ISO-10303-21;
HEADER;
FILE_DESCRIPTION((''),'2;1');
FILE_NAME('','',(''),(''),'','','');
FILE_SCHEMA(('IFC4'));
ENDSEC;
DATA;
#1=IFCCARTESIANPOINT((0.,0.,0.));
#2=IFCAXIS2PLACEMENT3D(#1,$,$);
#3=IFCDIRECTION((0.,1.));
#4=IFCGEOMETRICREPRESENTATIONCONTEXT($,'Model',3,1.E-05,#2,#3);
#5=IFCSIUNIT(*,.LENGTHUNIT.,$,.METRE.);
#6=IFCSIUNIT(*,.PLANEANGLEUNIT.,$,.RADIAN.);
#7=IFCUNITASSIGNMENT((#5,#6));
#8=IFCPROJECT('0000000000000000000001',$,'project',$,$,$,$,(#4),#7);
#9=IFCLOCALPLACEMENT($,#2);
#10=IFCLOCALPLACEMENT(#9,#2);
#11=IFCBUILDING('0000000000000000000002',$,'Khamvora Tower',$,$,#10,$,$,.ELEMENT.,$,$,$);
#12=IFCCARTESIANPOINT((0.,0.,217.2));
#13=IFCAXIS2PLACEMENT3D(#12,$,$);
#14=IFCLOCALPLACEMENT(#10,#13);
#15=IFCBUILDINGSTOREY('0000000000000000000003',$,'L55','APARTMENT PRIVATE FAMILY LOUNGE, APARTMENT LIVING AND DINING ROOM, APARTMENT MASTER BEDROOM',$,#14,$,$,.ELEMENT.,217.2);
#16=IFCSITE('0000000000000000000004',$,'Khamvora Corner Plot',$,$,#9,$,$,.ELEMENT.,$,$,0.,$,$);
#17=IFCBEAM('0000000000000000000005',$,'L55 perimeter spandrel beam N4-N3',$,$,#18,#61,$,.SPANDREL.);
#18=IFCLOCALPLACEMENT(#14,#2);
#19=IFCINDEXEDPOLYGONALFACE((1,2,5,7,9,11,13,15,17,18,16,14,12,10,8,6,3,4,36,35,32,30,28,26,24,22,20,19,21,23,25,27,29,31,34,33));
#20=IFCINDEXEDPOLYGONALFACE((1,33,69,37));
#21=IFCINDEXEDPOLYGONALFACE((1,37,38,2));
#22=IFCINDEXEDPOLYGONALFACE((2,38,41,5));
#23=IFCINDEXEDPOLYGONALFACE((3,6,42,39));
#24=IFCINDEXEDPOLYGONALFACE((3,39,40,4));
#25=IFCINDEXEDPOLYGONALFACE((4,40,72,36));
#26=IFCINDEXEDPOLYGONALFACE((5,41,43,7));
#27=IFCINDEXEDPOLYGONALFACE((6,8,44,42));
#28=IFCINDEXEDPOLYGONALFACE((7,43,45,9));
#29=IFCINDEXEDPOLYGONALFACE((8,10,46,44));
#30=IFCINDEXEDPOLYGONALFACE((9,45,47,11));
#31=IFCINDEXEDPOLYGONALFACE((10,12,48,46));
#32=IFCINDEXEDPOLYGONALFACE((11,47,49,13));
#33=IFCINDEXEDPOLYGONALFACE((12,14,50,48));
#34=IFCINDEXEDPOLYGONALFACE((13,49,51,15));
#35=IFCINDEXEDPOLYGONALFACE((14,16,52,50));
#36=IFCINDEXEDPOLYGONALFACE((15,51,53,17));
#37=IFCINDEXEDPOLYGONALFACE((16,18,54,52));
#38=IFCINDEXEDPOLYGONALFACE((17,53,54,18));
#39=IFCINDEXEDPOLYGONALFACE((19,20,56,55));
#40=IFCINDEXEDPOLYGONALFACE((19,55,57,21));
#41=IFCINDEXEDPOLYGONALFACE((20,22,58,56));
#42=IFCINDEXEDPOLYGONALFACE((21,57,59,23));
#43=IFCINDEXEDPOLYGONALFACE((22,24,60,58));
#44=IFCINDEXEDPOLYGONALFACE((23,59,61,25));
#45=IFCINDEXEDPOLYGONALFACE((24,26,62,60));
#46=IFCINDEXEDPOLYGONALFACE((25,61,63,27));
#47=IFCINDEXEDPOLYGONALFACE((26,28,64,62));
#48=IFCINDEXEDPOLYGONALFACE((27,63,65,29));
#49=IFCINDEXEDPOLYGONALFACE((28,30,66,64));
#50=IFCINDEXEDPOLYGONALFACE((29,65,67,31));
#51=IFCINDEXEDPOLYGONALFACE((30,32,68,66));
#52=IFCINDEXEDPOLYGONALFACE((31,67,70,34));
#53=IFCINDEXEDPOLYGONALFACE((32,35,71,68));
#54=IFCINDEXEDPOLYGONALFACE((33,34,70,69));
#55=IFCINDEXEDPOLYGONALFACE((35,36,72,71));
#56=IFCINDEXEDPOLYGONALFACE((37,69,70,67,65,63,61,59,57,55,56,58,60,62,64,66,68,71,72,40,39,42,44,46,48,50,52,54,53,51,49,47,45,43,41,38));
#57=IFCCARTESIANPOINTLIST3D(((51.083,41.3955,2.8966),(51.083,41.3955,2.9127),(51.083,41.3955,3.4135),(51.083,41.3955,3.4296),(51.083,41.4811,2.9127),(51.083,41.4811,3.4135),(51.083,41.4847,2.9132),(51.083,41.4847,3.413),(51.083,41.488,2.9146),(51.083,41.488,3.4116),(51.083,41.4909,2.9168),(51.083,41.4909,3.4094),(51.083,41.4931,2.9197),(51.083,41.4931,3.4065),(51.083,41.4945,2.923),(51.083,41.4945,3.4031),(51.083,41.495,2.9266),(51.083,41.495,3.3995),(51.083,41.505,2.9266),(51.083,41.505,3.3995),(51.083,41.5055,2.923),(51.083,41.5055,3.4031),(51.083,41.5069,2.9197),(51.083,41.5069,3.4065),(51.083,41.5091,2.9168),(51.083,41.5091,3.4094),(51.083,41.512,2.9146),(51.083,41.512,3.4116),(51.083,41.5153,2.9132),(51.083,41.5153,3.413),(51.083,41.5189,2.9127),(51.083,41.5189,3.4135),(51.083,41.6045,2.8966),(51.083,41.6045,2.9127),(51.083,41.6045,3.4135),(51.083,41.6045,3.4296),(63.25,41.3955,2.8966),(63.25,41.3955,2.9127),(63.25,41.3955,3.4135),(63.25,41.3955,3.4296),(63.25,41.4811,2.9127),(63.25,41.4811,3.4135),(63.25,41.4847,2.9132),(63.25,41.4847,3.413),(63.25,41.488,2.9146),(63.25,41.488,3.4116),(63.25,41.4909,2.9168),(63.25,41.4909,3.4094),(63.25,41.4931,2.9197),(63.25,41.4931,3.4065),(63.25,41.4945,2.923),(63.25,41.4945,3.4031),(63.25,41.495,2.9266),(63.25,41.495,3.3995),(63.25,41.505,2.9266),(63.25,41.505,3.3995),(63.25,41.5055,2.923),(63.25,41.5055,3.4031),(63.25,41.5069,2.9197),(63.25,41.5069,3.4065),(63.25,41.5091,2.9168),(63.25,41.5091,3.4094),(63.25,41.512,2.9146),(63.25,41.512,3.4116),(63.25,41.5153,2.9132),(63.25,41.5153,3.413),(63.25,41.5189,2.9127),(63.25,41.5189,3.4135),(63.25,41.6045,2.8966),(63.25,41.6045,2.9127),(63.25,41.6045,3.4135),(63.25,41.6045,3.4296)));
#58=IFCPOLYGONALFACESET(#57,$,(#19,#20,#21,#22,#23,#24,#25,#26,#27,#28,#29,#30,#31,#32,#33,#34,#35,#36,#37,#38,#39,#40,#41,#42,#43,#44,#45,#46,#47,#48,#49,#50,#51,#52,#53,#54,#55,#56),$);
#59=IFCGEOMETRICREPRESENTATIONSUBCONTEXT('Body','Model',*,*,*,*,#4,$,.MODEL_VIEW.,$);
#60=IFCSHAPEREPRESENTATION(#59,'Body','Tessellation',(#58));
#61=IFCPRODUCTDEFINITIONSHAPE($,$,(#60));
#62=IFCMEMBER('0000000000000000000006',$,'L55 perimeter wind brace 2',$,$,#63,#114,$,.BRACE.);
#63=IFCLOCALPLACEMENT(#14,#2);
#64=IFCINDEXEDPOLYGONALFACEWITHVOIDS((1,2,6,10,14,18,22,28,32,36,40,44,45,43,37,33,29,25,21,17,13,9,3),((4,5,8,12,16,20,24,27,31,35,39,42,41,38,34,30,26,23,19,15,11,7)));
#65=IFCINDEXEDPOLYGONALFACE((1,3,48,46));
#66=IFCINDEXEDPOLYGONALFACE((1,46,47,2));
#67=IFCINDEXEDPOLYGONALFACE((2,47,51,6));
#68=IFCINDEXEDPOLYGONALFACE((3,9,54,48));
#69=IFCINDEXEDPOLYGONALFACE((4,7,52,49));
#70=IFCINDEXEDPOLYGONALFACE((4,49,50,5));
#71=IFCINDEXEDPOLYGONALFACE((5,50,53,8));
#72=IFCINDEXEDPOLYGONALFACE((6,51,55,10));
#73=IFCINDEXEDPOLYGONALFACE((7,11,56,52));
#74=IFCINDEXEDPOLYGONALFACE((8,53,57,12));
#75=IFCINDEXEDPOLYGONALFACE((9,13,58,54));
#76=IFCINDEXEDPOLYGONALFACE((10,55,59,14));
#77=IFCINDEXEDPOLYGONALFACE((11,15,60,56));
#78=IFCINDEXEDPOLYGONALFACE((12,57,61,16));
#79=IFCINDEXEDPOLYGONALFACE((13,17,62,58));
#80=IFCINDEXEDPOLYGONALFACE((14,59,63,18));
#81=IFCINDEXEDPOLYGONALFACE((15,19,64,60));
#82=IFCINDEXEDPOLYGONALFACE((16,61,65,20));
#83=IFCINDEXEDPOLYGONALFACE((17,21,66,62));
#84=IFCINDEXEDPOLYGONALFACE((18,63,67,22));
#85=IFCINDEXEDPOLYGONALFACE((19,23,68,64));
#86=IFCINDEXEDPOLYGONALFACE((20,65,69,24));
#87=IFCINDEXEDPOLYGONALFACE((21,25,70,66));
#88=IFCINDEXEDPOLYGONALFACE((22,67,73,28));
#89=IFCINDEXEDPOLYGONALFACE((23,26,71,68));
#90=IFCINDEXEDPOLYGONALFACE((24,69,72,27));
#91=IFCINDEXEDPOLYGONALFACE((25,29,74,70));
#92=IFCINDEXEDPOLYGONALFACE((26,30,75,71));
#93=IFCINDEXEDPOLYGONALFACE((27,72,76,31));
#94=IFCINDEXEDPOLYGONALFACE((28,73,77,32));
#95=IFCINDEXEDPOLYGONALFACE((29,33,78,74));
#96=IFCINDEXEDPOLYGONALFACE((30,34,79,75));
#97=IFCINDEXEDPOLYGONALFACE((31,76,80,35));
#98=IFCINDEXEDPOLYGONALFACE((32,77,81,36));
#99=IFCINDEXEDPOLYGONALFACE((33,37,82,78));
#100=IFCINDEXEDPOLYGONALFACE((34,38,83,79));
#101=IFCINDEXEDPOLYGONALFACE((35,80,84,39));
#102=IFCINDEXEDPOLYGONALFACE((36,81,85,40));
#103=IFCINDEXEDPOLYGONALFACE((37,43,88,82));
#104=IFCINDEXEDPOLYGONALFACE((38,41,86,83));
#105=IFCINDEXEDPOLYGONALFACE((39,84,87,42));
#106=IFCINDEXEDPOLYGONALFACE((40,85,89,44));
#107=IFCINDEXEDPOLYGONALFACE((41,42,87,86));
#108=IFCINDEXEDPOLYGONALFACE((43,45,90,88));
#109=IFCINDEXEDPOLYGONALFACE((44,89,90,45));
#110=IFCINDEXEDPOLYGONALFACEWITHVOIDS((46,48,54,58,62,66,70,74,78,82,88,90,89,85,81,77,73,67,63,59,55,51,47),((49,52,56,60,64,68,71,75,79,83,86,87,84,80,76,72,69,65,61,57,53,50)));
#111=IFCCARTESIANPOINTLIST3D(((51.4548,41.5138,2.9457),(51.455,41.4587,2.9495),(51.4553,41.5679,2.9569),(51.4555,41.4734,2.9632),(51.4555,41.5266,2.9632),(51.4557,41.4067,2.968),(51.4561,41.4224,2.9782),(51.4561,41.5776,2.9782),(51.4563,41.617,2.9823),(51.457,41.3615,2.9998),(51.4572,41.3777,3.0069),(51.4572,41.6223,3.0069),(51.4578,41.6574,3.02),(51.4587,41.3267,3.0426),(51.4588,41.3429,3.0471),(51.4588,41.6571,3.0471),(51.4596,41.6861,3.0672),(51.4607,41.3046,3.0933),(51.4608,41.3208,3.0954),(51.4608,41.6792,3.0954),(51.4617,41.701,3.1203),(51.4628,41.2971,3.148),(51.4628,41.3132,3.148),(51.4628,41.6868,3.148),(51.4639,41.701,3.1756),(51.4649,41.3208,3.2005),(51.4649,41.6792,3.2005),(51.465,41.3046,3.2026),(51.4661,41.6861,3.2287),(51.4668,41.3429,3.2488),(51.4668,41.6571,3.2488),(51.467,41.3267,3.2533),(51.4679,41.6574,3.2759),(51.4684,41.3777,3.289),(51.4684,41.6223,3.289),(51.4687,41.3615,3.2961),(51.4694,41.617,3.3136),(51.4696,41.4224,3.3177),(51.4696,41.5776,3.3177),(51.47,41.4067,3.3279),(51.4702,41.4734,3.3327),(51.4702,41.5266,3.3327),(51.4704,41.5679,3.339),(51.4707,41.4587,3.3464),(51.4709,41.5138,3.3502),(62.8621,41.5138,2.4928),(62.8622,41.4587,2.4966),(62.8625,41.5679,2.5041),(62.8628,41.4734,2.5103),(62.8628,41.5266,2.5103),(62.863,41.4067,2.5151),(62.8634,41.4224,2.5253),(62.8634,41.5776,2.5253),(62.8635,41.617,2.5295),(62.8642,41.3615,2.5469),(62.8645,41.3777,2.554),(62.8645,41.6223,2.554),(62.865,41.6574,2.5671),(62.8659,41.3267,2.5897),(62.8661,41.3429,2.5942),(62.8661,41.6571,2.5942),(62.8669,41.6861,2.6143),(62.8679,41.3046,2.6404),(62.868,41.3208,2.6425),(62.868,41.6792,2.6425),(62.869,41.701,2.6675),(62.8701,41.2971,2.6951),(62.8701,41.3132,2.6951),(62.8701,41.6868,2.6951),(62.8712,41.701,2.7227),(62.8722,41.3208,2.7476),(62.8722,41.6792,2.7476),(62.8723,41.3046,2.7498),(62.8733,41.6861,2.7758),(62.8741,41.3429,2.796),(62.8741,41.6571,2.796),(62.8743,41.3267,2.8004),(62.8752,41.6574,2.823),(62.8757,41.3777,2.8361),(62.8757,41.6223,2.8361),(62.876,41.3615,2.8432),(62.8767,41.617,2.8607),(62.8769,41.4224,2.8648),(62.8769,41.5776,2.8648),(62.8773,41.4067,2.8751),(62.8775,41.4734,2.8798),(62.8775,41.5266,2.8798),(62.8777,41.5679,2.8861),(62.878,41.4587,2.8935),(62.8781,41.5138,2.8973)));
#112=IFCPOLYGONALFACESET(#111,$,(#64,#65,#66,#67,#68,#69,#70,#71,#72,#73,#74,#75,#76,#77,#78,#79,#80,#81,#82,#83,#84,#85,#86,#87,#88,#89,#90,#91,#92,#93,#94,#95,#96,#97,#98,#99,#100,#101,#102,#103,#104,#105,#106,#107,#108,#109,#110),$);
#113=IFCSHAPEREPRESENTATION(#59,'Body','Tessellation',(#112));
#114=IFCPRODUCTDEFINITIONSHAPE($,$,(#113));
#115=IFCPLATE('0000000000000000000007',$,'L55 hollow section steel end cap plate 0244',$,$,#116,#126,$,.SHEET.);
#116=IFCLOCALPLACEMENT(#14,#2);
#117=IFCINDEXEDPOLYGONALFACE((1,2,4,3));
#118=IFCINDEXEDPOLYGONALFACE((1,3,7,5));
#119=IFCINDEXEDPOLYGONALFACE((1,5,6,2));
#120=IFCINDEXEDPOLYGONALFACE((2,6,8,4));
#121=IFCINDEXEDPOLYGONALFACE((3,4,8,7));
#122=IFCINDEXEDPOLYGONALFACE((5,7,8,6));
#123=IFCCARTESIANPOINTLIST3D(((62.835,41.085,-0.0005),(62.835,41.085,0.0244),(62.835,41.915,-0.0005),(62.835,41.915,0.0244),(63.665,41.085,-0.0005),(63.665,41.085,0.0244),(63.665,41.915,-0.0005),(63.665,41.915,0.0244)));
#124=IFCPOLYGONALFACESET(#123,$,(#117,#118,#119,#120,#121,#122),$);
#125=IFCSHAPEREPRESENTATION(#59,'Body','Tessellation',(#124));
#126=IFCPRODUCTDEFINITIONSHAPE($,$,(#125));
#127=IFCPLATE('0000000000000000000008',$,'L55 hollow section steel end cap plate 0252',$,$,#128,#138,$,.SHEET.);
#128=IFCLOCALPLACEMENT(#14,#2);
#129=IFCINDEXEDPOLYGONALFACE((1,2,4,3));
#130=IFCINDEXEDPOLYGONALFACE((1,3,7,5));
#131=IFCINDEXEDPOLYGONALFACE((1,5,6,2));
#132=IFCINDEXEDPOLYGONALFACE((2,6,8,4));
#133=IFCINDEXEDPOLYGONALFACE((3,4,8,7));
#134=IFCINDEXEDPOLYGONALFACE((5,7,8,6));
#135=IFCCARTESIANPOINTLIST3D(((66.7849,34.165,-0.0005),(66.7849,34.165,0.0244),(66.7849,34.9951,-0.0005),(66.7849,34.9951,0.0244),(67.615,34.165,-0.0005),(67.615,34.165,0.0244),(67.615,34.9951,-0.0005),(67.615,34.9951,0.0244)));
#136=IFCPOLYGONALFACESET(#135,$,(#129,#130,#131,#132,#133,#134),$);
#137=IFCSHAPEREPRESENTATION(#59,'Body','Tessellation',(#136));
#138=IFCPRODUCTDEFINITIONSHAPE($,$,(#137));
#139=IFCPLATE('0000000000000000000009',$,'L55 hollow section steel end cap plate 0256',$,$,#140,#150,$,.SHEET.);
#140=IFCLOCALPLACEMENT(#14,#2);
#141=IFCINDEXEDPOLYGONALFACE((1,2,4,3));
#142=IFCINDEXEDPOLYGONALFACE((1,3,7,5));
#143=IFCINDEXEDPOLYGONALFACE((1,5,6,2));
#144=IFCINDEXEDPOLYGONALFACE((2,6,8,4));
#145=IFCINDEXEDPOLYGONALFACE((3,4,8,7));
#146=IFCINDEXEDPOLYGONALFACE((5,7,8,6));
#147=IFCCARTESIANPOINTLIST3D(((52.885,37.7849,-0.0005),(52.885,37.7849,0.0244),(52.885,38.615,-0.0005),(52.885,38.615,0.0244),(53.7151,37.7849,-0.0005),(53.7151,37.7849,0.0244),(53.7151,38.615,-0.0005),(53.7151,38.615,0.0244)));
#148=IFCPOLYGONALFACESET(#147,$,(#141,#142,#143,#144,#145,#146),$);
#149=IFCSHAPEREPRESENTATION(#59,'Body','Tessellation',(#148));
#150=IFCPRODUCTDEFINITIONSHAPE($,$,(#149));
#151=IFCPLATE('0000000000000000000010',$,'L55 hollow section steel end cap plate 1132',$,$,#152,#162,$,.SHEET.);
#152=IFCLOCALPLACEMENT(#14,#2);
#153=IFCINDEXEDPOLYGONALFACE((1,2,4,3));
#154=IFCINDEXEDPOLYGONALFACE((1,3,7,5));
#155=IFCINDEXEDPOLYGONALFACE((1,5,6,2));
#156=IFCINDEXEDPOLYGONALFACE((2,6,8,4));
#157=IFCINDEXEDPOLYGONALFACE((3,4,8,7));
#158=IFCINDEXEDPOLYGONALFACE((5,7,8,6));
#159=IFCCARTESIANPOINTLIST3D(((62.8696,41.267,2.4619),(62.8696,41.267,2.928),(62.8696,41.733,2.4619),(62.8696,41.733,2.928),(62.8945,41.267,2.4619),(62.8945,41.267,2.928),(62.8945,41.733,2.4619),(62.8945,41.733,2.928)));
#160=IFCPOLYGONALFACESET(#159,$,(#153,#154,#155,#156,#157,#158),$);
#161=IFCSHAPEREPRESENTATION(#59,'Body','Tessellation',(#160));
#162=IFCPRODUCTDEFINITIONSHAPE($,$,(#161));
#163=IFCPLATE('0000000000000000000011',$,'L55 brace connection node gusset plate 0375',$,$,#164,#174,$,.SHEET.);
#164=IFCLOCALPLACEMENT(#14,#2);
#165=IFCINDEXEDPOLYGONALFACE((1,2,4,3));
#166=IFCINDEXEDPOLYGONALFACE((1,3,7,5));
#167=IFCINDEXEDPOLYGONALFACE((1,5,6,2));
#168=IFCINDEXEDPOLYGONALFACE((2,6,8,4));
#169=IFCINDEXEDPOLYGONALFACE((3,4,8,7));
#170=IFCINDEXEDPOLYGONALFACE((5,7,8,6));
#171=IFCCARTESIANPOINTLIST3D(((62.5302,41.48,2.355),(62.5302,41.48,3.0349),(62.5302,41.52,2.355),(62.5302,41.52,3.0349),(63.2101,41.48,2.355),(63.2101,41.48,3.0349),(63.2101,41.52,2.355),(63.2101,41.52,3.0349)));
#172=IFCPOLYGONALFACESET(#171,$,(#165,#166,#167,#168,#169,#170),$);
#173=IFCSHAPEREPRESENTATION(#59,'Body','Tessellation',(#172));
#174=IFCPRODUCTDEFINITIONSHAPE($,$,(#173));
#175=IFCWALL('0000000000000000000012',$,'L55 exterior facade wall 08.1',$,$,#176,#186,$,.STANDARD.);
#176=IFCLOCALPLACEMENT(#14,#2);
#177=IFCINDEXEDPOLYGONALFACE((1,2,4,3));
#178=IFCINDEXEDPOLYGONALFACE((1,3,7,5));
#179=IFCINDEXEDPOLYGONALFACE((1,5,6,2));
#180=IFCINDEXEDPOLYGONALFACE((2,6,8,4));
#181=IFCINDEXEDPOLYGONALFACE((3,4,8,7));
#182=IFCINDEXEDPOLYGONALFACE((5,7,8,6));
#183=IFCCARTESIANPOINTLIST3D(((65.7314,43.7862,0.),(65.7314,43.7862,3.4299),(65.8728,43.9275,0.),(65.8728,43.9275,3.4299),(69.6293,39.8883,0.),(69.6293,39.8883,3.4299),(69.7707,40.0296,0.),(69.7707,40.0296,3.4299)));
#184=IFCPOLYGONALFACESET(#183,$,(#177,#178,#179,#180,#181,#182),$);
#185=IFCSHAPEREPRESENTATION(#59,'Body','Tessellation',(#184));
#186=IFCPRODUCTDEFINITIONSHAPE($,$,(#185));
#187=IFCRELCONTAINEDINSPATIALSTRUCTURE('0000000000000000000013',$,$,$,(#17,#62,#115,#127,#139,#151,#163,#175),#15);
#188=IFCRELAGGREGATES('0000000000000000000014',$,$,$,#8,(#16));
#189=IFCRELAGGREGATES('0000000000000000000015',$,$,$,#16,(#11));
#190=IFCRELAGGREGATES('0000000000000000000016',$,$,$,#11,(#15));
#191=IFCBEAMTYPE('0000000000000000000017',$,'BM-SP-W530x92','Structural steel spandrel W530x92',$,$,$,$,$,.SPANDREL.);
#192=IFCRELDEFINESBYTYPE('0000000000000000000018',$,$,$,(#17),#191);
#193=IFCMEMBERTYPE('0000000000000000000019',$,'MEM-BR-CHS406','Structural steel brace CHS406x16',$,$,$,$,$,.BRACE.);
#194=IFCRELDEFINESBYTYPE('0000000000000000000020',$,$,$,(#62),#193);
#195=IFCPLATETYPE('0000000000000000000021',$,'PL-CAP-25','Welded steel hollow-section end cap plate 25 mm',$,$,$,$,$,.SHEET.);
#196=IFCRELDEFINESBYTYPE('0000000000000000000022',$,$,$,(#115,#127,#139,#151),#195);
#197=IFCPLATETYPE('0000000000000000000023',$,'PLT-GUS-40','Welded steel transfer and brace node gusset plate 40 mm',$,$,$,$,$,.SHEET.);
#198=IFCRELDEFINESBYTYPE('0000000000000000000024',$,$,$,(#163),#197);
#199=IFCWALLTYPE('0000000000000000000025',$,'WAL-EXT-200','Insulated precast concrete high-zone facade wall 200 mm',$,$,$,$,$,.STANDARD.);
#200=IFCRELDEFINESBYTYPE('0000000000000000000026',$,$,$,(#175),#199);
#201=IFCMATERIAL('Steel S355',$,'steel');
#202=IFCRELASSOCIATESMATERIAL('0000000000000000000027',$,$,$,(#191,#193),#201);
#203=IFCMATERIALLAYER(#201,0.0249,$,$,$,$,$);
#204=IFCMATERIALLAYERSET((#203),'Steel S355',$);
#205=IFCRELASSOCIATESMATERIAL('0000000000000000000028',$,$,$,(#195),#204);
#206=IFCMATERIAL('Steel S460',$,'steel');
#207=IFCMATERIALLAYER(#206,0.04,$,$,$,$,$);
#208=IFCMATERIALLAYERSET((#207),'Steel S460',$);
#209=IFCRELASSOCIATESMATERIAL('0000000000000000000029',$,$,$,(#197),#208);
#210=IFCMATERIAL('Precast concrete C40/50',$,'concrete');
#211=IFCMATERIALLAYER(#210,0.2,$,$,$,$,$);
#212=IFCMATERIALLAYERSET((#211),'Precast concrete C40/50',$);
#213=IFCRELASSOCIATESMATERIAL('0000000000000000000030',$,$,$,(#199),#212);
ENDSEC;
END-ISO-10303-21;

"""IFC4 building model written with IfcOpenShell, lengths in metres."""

from ifc_helpers import new_model, si_unit, direction, frame, frame_2d, origin, origin_2d, place, context, subcontext, project, spatial, rectangle, hollow_circle, i_section, extrude, material, layer, layer_set, material_profile, profile_set, type_object, element, save


model = new_model("IFC4")

# Units and contexts
model_context = context("Model", 3, precision=1e-05, world=origin(), true_north=direction((0.0, 1.0)))
body_context = subcontext(model_context, "Body", "Model", "MODEL_VIEW")
ifc_project = project(units=[si_unit("LENGTHUNIT", "METRE"), si_unit("PLANEANGLEUNIT", "RADIAN")], contexts=[model_context])

# Site, building, storey
site_placement = place(None, origin())
site = spatial("IfcSite", under=ifc_project, at=site_placement, Name="Khamvora Corner Plot", CompositionType="ELEMENT", RefElevation=0.0)
building_placement = place(site_placement, origin())
building = spatial("IfcBuilding", under=site, at=building_placement, Name="Khamvora Tower", CompositionType="ELEMENT")
storey_placement = place(building_placement, frame((0.0, 0.0, 217.2)))
storey = spatial("IfcBuildingStorey", under=building, at=storey_placement, Name="L55", Description="APARTMENT PRIVATE FAMILY LOUNGE, APARTMENT LIVING AND DINING ROOM, APARTMENT MASTER BEDROOM", CompositionType="ELEMENT", Elevation=217.2)

# Shared definitions
ifc_material_1 = material(Name="Steel S355", Category="steel")

# Beam
ifc_material_profile_1 = material_profile(ifc_material_1, i_section(OverallWidth=0.209, OverallDepth=0.533, WebThickness=0.01, FlangeThickness=0.0161, FilletRadius=0.0139, at=origin_2d()), Name="W530x92")
ifc_profile_set_1 = profile_set([ifc_material_profile_1], Name="Steel S355")
beam_type_1 = type_object("IfcBeamType", Name="BM-SP-W530x92", Description="Structural steel spandrel W530x92", PredefinedType="SPANDREL", material=ifc_profile_set_1)
beam_1_placement = place(storey_placement, frame((63.25, 41.5, 3.1631), z_axis=(-1.0, 0.0, 0.0), x_axis=(0.0, -1.0, 0.0)))
element("IfcBeam", 1, at=beam_1_placement, inside=storey, type_object=beam_type_1, Name="L55 perimeter spandrel beam N4-N3", PredefinedType="SPANDREL", context=body_context, shape_type="SweptSolid", body=[
    extrude(i_section(OverallWidth=0.209, OverallDepth=0.533, WebThickness=0.01, FlangeThickness=0.0161, FilletRadius=0.0139, at=origin_2d()), origin(), (0.0, 0.0, 1.0), 12.167),
])

# Member
ifc_material_profile_2 = material_profile(ifc_material_1, hollow_circle(Radius=0.2029, WallThickness=0.0161, at=origin_2d()), Name="CHS406x16")
ifc_profile_set_2 = profile_set([ifc_material_profile_2], Name="Steel S355")
member_type = type_object("IfcMemberType", Name="MEM-BR-CHS406", Description="Structural steel brace CHS406x16", PredefinedType="BRACE", material=ifc_profile_set_2)
member_placement = place(storey_placement, frame((62.8701, 41.5, 2.6951), z_axis=(-0.999213, 0.0, 0.03967), x_axis=(0.0, -1.0, 0.0)))
element("IfcMember", 2, at=member_placement, inside=storey, type_object=member_type, Name="L55 perimeter wind brace 2", PredefinedType="BRACE", context=body_context, shape_type="SweptSolid", body=[
    extrude(hollow_circle(Radius=0.2029, WallThickness=0.0161, at=origin_2d()), origin(), (0.0, 0.0, 1.0), 11.4163),
])

# Plates
ifc_layer_1 = layer(ifc_material_1, 0.0249)
ifc_layer_set_1 = layer_set([ifc_layer_1], Name="Steel S355")
plate_type_1 = type_object("IfcPlateType", Name="PL-CAP-25", Description="Welded steel hollow-section end cap plate 25 mm", PredefinedType="SHEET", material=ifc_layer_set_1)
for number, where, z_axis, x_axis, name in (
    (3, (63.25, 41.5, -0.0005), (0.0, 0.0, 1.0), (1.0, 0.0, 0.0), "L55 hollow section steel end cap plate 0244"),
    (4, (67.2, 34.5801, -0.0005), (0.0, 0.0, 1.0), (1.0, 0.0, 0.0), "L55 hollow section steel end cap plate 0252"),
    (5, (53.3, 38.2, -0.0005), (0.0, 0.0, 1.0), (1.0, 0.0, 0.0), "L55 hollow section steel end cap plate 0256"),
):
    element("IfcPlate", number, at=place(storey_placement, frame(where, z_axis=z_axis, x_axis=x_axis)), inside=storey, type_object=plate_type_1, Name=name, PredefinedType="SHEET", context=body_context, shape_type="SweptSolid", body=[
        extrude(rectangle(XDim=0.8301, YDim=0.8301, at=origin_2d()), origin(), (0.0, 0.0, 1.0), 0.0249),
    ])
plate_1_placement = place(storey_placement, frame((62.8821, 41.5, 2.4619), z_axis=(0.0, 0.0, 1.0), x_axis=(-1.0, 0.0, 0.0)))
element("IfcPlate", 6, at=plate_1_placement, inside=storey, type_object=plate_type_1, Name="L55 hollow section steel end cap plate 1132", PredefinedType="SHEET", context=body_context, shape_type="SweptSolid", body=[
    extrude(rectangle(XDim=0.0249, YDim=0.4661, at=origin_2d()), origin(), (0.0, 0.0, 1.0), 0.4661),
])
ifc_material_2 = material(Name="Steel S460", Category="steel")
ifc_layer_2 = layer(ifc_material_2, 0.04)
ifc_layer_set_2 = layer_set([ifc_layer_2], Name="Steel S460")
plate_type_2 = type_object("IfcPlateType", Name="PLT-GUS-40", Description="Welded steel transfer and brace node gusset plate 40 mm", PredefinedType="SHEET", material=ifc_layer_set_2)
plate_2_placement = place(storey_placement, frame((62.8701, 41.5, 2.355), z_axis=(0.0, 0.0, 1.0), x_axis=(1.0, 0.0, 0.0)))
element("IfcPlate", 7, at=plate_2_placement, inside=storey, type_object=plate_type_2, Name="L55 brace connection node gusset plate 0375", PredefinedType="SHEET", context=body_context, shape_type="SweptSolid", body=[
    extrude(rectangle(XDim=0.6799, YDim=0.04, at=origin_2d()), origin(), (0.0, 0.0, 1.0), 0.6799),
])

# Wall
ifc_material_3 = material(Name="Precast concrete C40/50", Category="concrete")
ifc_layer_3 = layer(ifc_material_3, 0.2)
ifc_layer_set_3 = layer_set([ifc_layer_3], Name="Precast concrete C40/50")
wall_type_1 = type_object("IfcWallType", Name="WAL-EXT-200", Description="Insulated precast concrete high-zone facade wall 200 mm", PredefinedType="STANDARD", material=ifc_layer_set_3)
wall_1_placement = place(storey_placement, frame((65.802, 43.8569, 0.0), z_axis=(0.0, 0.0, 1.0), x_axis=(0.707107, -0.707107, 0.0)))
element("IfcWall", 8, at=wall_1_placement, inside=storey, type_object=wall_type_1, Name="L55 exterior facade wall 08.1", PredefinedType="STANDARD", context=body_context, shape_type="SweptSolid", body=[
    extrude(rectangle(XDim=5.5125, YDim=0.2, at=frame_2d((2.7563, 0.0))), origin(), (0.0, 0.0, 1.0), 3.4299),
])

save(model, "model.ifc")
